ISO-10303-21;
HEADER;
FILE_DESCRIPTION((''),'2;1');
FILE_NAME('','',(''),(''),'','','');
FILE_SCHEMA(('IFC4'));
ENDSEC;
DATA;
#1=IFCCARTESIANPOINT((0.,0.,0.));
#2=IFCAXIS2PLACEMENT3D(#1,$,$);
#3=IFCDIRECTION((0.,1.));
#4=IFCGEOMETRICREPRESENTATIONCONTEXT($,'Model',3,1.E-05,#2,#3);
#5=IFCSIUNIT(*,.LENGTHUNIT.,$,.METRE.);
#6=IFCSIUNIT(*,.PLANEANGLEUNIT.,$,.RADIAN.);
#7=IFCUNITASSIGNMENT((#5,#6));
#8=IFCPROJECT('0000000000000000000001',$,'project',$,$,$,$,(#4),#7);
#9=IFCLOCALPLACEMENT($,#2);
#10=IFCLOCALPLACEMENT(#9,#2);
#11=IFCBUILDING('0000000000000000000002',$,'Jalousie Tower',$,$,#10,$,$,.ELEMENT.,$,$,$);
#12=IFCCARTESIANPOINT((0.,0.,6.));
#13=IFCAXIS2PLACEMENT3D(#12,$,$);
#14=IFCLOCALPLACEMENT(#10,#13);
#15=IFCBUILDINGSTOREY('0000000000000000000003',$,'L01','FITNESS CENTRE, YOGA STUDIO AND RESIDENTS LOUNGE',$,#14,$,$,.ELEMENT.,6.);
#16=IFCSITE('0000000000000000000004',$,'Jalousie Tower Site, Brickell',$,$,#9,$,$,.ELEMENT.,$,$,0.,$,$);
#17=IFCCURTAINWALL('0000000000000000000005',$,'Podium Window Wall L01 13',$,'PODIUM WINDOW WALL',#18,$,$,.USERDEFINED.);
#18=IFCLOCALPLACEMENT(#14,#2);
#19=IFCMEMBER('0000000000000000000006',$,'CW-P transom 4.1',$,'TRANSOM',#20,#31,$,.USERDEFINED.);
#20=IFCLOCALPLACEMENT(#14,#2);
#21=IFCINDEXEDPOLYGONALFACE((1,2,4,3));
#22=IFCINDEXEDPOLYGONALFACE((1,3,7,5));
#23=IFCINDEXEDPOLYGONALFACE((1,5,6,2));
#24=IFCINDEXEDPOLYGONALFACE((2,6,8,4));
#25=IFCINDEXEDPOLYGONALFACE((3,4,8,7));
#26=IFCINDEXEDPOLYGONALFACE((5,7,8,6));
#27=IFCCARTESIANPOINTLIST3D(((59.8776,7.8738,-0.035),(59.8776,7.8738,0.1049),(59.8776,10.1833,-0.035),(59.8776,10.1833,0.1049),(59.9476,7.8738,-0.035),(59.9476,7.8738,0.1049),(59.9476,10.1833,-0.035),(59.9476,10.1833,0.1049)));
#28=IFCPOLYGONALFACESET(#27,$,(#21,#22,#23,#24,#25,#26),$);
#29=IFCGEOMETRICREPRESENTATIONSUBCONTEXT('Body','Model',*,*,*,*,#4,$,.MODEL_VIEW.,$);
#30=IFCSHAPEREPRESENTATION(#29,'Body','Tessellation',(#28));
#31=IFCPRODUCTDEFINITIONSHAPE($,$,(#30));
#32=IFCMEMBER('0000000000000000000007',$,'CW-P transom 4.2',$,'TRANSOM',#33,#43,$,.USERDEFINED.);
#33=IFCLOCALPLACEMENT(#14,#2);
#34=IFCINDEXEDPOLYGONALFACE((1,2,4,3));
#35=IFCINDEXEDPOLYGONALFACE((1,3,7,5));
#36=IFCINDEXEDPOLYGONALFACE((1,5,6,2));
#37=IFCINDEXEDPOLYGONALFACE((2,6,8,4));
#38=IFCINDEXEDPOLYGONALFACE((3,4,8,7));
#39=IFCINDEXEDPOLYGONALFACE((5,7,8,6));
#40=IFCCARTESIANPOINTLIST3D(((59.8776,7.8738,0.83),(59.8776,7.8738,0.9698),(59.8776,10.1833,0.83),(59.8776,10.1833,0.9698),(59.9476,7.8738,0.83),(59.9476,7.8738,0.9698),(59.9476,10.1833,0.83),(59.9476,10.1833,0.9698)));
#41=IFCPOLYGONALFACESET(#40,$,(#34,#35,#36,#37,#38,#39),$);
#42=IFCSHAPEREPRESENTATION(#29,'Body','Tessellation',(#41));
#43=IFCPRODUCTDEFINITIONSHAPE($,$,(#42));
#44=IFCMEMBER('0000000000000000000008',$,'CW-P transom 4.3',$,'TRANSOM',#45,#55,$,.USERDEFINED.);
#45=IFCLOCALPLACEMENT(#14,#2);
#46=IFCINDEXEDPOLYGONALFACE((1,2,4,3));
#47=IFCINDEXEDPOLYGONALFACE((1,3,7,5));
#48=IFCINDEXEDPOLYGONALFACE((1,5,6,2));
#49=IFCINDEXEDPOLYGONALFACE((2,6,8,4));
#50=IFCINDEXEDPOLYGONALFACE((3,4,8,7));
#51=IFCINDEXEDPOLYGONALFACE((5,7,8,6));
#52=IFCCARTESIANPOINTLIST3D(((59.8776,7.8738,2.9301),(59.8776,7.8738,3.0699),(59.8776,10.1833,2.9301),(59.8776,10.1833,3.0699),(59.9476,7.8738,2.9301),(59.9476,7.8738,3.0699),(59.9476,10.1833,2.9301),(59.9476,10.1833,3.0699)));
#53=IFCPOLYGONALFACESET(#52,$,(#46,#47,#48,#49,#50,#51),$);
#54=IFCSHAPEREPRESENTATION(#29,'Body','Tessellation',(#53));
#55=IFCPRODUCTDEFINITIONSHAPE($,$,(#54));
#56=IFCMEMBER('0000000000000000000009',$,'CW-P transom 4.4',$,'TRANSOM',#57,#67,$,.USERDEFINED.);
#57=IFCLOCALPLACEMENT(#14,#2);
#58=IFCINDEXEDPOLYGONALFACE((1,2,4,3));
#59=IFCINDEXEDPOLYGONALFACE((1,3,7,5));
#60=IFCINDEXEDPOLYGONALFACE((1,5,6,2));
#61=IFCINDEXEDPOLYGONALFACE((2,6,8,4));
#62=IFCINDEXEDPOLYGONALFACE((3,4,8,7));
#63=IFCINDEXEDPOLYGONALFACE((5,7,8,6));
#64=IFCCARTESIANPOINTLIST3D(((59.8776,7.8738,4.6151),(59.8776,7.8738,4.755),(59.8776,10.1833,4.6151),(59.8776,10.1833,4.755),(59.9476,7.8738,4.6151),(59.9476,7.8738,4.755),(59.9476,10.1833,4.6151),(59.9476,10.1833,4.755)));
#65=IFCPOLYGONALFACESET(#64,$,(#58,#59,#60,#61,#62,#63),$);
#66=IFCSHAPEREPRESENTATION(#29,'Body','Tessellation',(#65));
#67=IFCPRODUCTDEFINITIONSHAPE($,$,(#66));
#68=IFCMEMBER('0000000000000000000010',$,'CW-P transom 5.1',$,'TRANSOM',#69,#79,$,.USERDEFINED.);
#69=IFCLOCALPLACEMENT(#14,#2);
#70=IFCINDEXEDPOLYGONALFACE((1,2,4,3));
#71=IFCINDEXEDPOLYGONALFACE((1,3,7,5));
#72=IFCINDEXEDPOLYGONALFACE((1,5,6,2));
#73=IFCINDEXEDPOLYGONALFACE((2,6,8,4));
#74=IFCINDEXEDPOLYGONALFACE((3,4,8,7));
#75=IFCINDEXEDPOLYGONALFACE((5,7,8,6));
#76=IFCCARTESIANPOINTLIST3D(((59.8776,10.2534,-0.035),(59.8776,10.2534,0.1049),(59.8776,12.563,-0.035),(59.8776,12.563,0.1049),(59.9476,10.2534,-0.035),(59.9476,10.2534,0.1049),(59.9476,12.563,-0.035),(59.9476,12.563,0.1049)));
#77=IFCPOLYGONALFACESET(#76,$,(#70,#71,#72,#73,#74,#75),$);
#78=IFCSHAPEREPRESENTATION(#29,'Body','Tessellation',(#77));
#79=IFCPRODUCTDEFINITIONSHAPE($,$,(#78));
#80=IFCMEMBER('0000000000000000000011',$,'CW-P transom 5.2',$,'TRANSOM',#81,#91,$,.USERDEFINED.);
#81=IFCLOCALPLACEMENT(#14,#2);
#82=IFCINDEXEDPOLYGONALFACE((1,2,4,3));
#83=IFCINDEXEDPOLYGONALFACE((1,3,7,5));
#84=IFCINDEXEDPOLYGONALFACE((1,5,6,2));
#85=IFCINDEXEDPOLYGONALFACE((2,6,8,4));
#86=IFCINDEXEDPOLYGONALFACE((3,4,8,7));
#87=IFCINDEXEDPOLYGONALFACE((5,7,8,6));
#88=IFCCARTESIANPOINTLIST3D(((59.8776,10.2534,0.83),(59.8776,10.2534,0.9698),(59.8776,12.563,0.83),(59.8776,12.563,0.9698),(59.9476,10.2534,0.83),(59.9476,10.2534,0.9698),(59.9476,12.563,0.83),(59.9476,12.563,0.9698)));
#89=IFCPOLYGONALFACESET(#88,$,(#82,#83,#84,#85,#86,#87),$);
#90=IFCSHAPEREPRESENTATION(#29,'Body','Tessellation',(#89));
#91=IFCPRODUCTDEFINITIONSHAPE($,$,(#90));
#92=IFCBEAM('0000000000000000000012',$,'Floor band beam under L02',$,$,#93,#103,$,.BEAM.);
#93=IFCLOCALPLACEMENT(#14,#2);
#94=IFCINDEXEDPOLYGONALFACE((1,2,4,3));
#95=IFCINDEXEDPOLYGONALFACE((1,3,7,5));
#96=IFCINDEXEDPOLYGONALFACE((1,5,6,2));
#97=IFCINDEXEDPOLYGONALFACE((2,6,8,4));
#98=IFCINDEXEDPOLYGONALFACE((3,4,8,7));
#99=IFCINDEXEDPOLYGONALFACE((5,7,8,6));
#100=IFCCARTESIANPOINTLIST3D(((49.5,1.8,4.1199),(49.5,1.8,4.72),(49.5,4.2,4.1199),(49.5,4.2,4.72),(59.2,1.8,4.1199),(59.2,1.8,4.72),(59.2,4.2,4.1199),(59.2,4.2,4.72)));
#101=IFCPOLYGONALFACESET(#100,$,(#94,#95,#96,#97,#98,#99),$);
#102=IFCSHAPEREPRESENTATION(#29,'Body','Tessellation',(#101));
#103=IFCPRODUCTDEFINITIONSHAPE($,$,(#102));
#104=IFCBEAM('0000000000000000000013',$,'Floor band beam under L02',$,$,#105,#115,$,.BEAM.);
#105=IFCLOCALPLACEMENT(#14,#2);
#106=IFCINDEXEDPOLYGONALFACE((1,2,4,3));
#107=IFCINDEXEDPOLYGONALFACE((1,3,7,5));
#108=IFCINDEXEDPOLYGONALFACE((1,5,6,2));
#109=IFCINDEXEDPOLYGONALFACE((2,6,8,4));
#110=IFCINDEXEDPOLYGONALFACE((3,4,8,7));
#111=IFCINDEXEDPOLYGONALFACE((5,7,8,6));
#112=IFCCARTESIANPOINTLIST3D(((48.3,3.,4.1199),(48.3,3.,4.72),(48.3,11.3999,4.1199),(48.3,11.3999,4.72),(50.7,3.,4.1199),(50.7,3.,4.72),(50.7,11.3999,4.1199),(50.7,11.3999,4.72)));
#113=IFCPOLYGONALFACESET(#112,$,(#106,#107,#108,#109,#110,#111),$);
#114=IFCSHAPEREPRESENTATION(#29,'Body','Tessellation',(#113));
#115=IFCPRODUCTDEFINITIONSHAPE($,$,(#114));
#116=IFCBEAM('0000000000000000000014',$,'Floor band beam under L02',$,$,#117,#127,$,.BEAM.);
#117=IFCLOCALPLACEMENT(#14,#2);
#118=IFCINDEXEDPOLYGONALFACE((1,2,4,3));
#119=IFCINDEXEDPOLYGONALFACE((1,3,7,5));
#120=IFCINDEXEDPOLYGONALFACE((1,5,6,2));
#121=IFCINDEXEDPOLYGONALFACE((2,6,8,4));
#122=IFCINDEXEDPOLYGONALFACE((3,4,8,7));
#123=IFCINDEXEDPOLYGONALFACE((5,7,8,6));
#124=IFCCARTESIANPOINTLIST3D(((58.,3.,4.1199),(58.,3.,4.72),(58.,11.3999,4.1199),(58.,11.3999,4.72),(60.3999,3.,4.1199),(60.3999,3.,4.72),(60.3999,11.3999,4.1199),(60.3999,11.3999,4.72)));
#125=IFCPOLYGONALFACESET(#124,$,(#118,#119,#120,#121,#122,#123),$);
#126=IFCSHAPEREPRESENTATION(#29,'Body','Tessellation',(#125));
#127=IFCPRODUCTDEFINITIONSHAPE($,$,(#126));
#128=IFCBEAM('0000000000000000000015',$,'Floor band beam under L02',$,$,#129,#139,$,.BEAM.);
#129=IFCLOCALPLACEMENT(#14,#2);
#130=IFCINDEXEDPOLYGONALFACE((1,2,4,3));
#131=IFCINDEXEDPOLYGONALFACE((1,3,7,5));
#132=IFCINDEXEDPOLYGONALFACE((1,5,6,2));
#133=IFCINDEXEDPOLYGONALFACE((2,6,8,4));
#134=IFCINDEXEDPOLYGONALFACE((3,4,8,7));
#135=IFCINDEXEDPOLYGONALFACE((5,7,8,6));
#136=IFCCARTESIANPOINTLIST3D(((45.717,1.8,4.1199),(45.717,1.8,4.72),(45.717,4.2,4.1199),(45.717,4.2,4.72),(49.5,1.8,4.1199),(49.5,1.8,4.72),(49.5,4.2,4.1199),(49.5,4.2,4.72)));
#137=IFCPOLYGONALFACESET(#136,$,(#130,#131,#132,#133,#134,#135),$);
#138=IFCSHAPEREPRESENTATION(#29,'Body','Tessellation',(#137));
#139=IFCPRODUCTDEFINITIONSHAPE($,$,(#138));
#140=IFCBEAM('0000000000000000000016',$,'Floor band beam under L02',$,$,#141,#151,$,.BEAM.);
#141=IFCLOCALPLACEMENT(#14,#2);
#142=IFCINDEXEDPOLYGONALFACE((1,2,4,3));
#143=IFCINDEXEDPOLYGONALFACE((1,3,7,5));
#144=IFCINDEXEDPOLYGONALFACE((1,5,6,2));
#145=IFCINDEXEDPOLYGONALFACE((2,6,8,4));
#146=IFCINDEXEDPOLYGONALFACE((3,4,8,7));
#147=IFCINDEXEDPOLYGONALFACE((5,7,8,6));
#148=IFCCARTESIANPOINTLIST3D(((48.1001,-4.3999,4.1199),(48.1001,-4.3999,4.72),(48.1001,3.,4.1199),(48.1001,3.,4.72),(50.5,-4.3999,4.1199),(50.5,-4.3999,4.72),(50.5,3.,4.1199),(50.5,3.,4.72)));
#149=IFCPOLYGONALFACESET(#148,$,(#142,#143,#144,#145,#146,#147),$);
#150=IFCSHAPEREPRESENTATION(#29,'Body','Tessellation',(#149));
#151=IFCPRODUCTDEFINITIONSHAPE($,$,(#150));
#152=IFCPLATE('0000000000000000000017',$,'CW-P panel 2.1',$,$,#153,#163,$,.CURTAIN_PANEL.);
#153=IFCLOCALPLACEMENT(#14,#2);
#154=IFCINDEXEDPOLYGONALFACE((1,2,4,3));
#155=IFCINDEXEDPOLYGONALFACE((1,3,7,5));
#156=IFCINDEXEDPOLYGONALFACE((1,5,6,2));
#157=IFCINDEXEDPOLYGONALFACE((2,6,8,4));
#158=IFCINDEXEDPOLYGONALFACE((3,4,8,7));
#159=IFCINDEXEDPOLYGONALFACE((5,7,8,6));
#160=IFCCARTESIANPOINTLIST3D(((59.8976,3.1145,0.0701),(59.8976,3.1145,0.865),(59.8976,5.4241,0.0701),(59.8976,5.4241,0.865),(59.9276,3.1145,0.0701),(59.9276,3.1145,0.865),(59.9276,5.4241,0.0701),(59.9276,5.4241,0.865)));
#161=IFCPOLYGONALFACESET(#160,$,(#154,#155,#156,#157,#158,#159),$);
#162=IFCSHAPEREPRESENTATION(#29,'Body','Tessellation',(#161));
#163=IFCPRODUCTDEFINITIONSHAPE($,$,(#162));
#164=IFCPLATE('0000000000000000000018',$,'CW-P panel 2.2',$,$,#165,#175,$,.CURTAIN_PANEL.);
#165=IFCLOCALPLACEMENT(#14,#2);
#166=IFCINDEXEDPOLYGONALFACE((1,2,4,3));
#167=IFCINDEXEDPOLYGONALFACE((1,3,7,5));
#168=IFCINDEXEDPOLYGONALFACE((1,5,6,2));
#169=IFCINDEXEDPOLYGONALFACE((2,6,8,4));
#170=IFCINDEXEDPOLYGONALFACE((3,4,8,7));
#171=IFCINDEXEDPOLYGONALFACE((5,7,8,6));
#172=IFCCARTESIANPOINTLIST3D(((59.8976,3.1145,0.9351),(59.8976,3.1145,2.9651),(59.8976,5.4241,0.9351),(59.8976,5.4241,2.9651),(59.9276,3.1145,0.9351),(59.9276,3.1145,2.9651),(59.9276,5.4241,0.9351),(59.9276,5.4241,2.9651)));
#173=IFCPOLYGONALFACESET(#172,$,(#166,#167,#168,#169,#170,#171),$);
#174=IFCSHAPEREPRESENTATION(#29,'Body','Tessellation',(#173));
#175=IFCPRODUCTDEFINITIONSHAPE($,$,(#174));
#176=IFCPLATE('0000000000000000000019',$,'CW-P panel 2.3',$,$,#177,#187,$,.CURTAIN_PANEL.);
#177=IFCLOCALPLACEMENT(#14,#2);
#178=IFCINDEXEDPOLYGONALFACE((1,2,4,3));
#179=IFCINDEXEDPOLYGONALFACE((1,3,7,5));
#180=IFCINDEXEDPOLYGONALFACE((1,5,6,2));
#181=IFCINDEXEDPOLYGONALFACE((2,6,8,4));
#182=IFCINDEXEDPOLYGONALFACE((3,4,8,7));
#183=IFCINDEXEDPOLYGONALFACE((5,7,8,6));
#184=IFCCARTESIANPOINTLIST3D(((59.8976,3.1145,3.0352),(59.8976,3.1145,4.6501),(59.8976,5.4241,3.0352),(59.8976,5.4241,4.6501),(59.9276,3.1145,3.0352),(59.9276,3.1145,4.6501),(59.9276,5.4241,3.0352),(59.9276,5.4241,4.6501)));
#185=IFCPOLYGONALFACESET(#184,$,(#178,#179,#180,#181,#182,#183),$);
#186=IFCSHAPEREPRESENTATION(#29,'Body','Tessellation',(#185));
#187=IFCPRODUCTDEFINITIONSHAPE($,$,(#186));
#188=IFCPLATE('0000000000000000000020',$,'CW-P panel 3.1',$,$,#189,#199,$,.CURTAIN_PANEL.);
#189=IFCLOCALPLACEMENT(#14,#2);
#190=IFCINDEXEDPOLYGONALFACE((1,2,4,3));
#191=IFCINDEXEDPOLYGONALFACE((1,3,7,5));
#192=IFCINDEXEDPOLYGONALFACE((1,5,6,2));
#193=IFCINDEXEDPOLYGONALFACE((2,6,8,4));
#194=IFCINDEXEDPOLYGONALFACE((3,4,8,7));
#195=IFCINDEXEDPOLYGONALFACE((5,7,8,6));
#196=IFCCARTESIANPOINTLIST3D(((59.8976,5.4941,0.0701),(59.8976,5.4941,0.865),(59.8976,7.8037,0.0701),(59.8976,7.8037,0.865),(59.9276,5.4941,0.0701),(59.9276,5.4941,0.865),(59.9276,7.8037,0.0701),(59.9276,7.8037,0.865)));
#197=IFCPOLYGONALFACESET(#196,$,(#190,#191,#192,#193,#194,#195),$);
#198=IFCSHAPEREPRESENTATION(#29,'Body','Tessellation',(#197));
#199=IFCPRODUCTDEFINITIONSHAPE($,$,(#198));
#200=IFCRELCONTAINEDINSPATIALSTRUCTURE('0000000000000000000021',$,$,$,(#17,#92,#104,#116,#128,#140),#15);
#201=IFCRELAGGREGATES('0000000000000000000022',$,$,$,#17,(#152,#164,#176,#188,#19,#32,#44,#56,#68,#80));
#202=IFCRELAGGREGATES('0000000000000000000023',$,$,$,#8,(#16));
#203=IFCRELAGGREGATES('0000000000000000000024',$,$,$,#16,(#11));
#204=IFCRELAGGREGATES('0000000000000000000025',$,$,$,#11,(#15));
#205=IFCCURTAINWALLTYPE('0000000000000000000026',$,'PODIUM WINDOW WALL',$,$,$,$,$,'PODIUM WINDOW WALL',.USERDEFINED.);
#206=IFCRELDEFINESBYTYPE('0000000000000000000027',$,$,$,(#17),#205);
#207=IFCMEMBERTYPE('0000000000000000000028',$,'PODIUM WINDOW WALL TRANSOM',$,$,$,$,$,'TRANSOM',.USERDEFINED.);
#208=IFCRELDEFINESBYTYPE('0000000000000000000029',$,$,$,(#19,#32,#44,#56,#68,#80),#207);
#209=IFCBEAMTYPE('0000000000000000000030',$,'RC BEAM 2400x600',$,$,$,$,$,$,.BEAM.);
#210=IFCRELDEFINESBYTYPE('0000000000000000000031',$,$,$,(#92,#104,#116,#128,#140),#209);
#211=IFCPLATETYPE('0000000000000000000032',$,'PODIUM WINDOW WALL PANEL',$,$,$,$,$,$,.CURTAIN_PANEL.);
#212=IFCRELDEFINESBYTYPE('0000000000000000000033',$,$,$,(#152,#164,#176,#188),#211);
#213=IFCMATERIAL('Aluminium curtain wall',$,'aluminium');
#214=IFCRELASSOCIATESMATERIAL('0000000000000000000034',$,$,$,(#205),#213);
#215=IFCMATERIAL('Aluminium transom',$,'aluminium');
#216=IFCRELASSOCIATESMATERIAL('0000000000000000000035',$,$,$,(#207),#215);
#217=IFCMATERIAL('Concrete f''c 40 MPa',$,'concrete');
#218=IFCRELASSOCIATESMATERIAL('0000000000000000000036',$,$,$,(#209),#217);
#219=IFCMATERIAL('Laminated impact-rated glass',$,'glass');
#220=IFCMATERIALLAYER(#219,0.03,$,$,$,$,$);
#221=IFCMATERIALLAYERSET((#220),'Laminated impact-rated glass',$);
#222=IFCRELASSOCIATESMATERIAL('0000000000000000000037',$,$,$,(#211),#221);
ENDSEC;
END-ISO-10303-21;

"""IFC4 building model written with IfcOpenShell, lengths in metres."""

from ifc_helpers import new_model, si_unit, direction, frame, origin, origin_2d, place, context, subcontext, project, spatial, rectangle, extrude, material, layer, layer_set, material_profile, profile_set, type_object, element, aggregate, save


model = new_model("IFC4")

# Units and contexts
model_context = context("Model", 3, precision=1e-05, world=origin(), true_north=direction((0.0, 1.0)))
body_context = subcontext(model_context, "Body", "Model", "MODEL_VIEW")
ifc_project = project(units=[si_unit("LENGTHUNIT", "METRE"), si_unit("PLANEANGLEUNIT", "RADIAN")], contexts=[model_context])

# Site, building, storey
site_placement = place(None, origin())
site = spatial("IfcSite", under=ifc_project, at=site_placement, Name="Jalousie Tower Site, Brickell", CompositionType="ELEMENT", RefElevation=0.0)
building_placement = place(site_placement, origin())
building = spatial("IfcBuilding", under=site, at=building_placement, Name="Jalousie Tower", CompositionType="ELEMENT")
storey_placement = place(building_placement, frame((0.0, 0.0, 6.0)))
storey = spatial("IfcBuildingStorey", under=building, at=storey_placement, Name="L01", Description="FITNESS CENTRE, YOGA STUDIO AND RESIDENTS LOUNGE", CompositionType="ELEMENT", Elevation=6.0)

# Curtain wall, members
ifc_material_1 = material(Name="Aluminium curtain wall", Category="aluminium")
curtain_wall_type = type_object("IfcCurtainWallType", Name="PODIUM WINDOW WALL", ElementType="PODIUM WINDOW WALL", PredefinedType="USERDEFINED", material=ifc_material_1)
curtain_wall_placement = place(storey_placement, origin())
curtain_wall = element("IfcCurtainWall", 1, at=curtain_wall_placement, inside=storey, type_object=curtain_wall_type, Name="Podium Window Wall L01 13", ObjectType="PODIUM WINDOW WALL", PredefinedType="USERDEFINED")
ifc_material_2 = material(Name="Aluminium transom", Category="aluminium")
ifc_material_profile_1 = material_profile(ifc_material_2, rectangle(XDim=0.0701, YDim=0.1399, at=origin_2d()), Name="TRANSOM 70x140")
ifc_profile_set_1 = profile_set([ifc_material_profile_1], Name="Aluminium transom")
member_type_1 = type_object("IfcMemberType", Name="PODIUM WINDOW WALL TRANSOM", ElementType="TRANSOM", PredefinedType="USERDEFINED", material=ifc_profile_set_1)
member_1_placement = place(storey_placement, frame((59.9126, 7.8738, 0.0349), z_axis=(0.0, 1.0, 0.0), x_axis=(-1.0, 0.0, 0.0)))
member_1 = element("IfcMember", 2, at=member_1_placement, type_object=member_type_1, Name="CW-P transom 4.1", ObjectType="TRANSOM", PredefinedType="USERDEFINED", context=body_context, shape_type="SweptSolid", body=[
    extrude(rectangle(XDim=0.0701, YDim=0.1399, at=origin_2d()), origin(), (0.0, 0.0, 1.0), 2.3096),
])
member_2_placement = place(storey_placement, frame((59.9126, 7.8738, 0.8999), z_axis=(0.0, 1.0, 0.0), x_axis=(-1.0, 0.0, 0.0)))
member_2 = element("IfcMember", 3, at=member_2_placement, type_object=member_type_1, Name="CW-P transom 4.2", ObjectType="TRANSOM", PredefinedType="USERDEFINED", context=body_context, shape_type="SweptSolid", body=[
    extrude(rectangle(XDim=0.0701, YDim=0.1399, at=origin_2d()), origin(), (0.0, 0.0, 1.0), 2.3096),
])
member_3_placement = place(storey_placement, frame((59.9126, 7.8738, 3.0), z_axis=(0.0, 1.0, 0.0), x_axis=(-1.0, 0.0, 0.0)))
member_3 = element("IfcMember", 4, at=member_3_placement, type_object=member_type_1, Name="CW-P transom 4.3", ObjectType="TRANSOM", PredefinedType="USERDEFINED", context=body_context, shape_type="SweptSolid", body=[
    extrude(rectangle(XDim=0.0701, YDim=0.1399, at=origin_2d()), origin(), (0.0, 0.0, 1.0), 2.3096),
])
member_4_placement = place(storey_placement, frame((59.9126, 7.8738, 4.6851), z_axis=(0.0, 1.0, 0.0), x_axis=(-1.0, 0.0, 0.0)))
member_4 = element("IfcMember", 5, at=member_4_placement, type_object=member_type_1, Name="CW-P transom 4.4", ObjectType="TRANSOM", PredefinedType="USERDEFINED", context=body_context, shape_type="SweptSolid", body=[
    extrude(rectangle(XDim=0.0701, YDim=0.1399, at=origin_2d()), origin(), (0.0, 0.0, 1.0), 2.3096),
])
member_5_placement = place(storey_placement, frame((59.9126, 10.2534, 0.0349), z_axis=(0.0, 1.0, 0.0), x_axis=(-1.0, 0.0, 0.0)))
member_5 = element("IfcMember", 6, at=member_5_placement, type_object=member_type_1, Name="CW-P transom 5.1", ObjectType="TRANSOM", PredefinedType="USERDEFINED", context=body_context, shape_type="SweptSolid", body=[
    extrude(rectangle(XDim=0.0701, YDim=0.1399, at=origin_2d()), origin(), (0.0, 0.0, 1.0), 2.3096),
])
member_6_placement = place(storey_placement, frame((59.9126, 10.2534, 0.8999), z_axis=(0.0, 1.0, 0.0), x_axis=(-1.0, 0.0, 0.0)))
member_6 = element("IfcMember", 7, at=member_6_placement, type_object=member_type_1, Name="CW-P transom 5.2", ObjectType="TRANSOM", PredefinedType="USERDEFINED", context=body_context, shape_type="SweptSolid", body=[
    extrude(rectangle(XDim=0.0701, YDim=0.1399, at=origin_2d()), origin(), (0.0, 0.0, 1.0), 2.3096),
])

# Beams
ifc_material_3 = material(Name="Concrete f'c 40 MPa", Category="concrete")
ifc_material_profile_2 = material_profile(ifc_material_3, rectangle(XDim=2.3999, YDim=0.6001, at=origin_2d()), Name="RC 2400x600")
ifc_profile_set_2 = profile_set([ifc_material_profile_2], Name="Concrete f'c 40 MPa")
beam_type = type_object("IfcBeamType", Name="RC BEAM 2400x600", PredefinedType="BEAM", material=ifc_profile_set_2)
beam_1_placement = place(storey_placement, frame((49.5, 3.0, 4.4199), z_axis=(1.0, 0.0, 0.0), x_axis=(0.0, 1.0, 0.0)))
element("IfcBeam", 8, at=beam_1_placement, inside=storey, type_object=beam_type, Name="Floor band beam under L02", PredefinedType="BEAM", context=body_context, shape_type="SweptSolid", body=[
    extrude(rectangle(XDim=2.3999, YDim=0.6001, at=origin_2d()), origin(), (0.0, 0.0, 1.0), 9.7),
])
for number, where, z_axis, x_axis, name in (
    (9, (49.5, 3.0, 4.4199), (0.0, 1.0, 0.0), (-1.0, 0.0, 0.0), "Floor band beam under L02"),
    (10, (59.2, 3.0, 4.4199), (0.0, 1.0, 0.0), (-1.0, 0.0, 0.0), "Floor band beam under L02"),
):
    element("IfcBeam", number, at=place(storey_placement, frame(where, z_axis=z_axis, x_axis=x_axis)), inside=storey, type_object=beam_type, Name=name, PredefinedType="BEAM", context=body_context, shape_type="SweptSolid", body=[
        extrude(rectangle(XDim=2.3999, YDim=0.6001, at=origin_2d()), origin(), (0.0, 0.0, 1.0), 8.3999),
    ])
beam_2_placement = place(storey_placement, frame((49.5, 3.0, 4.4199), z_axis=(-1.0, 0.0, 0.0), x_axis=(0.0, -1.0, 0.0)))
element("IfcBeam", 11, at=beam_2_placement, inside=storey, type_object=beam_type, Name="Floor band beam under L02", PredefinedType="BEAM", context=body_context, shape_type="SweptSolid", body=[
    extrude(rectangle(XDim=2.3999, YDim=0.6001, at=origin_2d()), origin(), (0.0, 0.0, 1.0), 3.783),
])
beam_3_placement = place(storey_placement, frame((49.3, 3.0, 4.4199), z_axis=(0.0, -1.0, 0.0), x_axis=(1.0, 0.0, 0.0)))
element("IfcBeam", 12, at=beam_3_placement, inside=storey, type_object=beam_type, Name="Floor band beam under L02", PredefinedType="BEAM", context=body_context, shape_type="SweptSolid", body=[
    extrude(rectangle(XDim=2.3999, YDim=0.6001, at=origin_2d()), origin(), (0.0, 0.0, 1.0), 7.3999),
])

# Plates
ifc_material_4 = material(Name="Laminated impact-rated glass", Category="glass")
ifc_layer = layer(ifc_material_4, 0.03)
ifc_layer_set = layer_set([ifc_layer], Name="Laminated impact-rated glass")
plate_type = type_object("IfcPlateType", Name="PODIUM WINDOW WALL PANEL", PredefinedType="CURTAIN_PANEL", material=ifc_layer_set)
plate_1_placement = place(storey_placement, frame((59.9126, 4.2693, 0.0701), z_axis=(0.0, 0.0, 1.0), x_axis=(0.0, 1.0, 0.0)))
plate_1 = element("IfcPlate", 13, at=plate_1_placement, type_object=plate_type, Name="CW-P panel 2.1", PredefinedType="CURTAIN_PANEL", context=body_context, shape_type="SweptSolid", body=[
    extrude(rectangle(XDim=2.3096, YDim=0.03, at=origin_2d()), origin(), (0.0, 0.0, 1.0), 0.7949),
])
plate_2_placement = place(storey_placement, frame((59.9126, 4.2693, 0.9351), z_axis=(0.0, 0.0, 1.0), x_axis=(0.0, 1.0, 0.0)))
plate_2 = element("IfcPlate", 14, at=plate_2_placement, type_object=plate_type, Name="CW-P panel 2.2", PredefinedType="CURTAIN_PANEL", context=body_context, shape_type="SweptSolid", body=[
    extrude(rectangle(XDim=2.3096, YDim=0.03, at=origin_2d()), origin(), (0.0, 0.0, 1.0), 2.03),
])
plate_3_placement = place(storey_placement, frame((59.9126, 4.2693, 3.0352), z_axis=(0.0, 0.0, 1.0), x_axis=(0.0, 1.0, 0.0)))
plate_3 = element("IfcPlate", 15, at=plate_3_placement, type_object=plate_type, Name="CW-P panel 2.3", PredefinedType="CURTAIN_PANEL", context=body_context, shape_type="SweptSolid", body=[
    extrude(rectangle(XDim=2.3096, YDim=0.03, at=origin_2d()), origin(), (0.0, 0.0, 1.0), 1.615),
])
plate_4_placement = place(storey_placement, frame((59.9126, 6.6489, 0.0701), z_axis=(0.0, 0.0, 1.0), x_axis=(0.0, 1.0, 0.0)))
plate_4 = element("IfcPlate", 16, at=plate_4_placement, type_object=plate_type, Name="CW-P panel 3.1", PredefinedType="CURTAIN_PANEL", context=body_context, shape_type="SweptSolid", body=[
    extrude(rectangle(XDim=2.3096, YDim=0.03, at=origin_2d()), origin(), (0.0, 0.0, 1.0), 0.7949),
])
aggregate(curtain_wall, [plate_1, plate_2, plate_3, plate_4, member_1, member_2, member_3, member_4, member_5, member_6])

save(model, "model.ifc")
